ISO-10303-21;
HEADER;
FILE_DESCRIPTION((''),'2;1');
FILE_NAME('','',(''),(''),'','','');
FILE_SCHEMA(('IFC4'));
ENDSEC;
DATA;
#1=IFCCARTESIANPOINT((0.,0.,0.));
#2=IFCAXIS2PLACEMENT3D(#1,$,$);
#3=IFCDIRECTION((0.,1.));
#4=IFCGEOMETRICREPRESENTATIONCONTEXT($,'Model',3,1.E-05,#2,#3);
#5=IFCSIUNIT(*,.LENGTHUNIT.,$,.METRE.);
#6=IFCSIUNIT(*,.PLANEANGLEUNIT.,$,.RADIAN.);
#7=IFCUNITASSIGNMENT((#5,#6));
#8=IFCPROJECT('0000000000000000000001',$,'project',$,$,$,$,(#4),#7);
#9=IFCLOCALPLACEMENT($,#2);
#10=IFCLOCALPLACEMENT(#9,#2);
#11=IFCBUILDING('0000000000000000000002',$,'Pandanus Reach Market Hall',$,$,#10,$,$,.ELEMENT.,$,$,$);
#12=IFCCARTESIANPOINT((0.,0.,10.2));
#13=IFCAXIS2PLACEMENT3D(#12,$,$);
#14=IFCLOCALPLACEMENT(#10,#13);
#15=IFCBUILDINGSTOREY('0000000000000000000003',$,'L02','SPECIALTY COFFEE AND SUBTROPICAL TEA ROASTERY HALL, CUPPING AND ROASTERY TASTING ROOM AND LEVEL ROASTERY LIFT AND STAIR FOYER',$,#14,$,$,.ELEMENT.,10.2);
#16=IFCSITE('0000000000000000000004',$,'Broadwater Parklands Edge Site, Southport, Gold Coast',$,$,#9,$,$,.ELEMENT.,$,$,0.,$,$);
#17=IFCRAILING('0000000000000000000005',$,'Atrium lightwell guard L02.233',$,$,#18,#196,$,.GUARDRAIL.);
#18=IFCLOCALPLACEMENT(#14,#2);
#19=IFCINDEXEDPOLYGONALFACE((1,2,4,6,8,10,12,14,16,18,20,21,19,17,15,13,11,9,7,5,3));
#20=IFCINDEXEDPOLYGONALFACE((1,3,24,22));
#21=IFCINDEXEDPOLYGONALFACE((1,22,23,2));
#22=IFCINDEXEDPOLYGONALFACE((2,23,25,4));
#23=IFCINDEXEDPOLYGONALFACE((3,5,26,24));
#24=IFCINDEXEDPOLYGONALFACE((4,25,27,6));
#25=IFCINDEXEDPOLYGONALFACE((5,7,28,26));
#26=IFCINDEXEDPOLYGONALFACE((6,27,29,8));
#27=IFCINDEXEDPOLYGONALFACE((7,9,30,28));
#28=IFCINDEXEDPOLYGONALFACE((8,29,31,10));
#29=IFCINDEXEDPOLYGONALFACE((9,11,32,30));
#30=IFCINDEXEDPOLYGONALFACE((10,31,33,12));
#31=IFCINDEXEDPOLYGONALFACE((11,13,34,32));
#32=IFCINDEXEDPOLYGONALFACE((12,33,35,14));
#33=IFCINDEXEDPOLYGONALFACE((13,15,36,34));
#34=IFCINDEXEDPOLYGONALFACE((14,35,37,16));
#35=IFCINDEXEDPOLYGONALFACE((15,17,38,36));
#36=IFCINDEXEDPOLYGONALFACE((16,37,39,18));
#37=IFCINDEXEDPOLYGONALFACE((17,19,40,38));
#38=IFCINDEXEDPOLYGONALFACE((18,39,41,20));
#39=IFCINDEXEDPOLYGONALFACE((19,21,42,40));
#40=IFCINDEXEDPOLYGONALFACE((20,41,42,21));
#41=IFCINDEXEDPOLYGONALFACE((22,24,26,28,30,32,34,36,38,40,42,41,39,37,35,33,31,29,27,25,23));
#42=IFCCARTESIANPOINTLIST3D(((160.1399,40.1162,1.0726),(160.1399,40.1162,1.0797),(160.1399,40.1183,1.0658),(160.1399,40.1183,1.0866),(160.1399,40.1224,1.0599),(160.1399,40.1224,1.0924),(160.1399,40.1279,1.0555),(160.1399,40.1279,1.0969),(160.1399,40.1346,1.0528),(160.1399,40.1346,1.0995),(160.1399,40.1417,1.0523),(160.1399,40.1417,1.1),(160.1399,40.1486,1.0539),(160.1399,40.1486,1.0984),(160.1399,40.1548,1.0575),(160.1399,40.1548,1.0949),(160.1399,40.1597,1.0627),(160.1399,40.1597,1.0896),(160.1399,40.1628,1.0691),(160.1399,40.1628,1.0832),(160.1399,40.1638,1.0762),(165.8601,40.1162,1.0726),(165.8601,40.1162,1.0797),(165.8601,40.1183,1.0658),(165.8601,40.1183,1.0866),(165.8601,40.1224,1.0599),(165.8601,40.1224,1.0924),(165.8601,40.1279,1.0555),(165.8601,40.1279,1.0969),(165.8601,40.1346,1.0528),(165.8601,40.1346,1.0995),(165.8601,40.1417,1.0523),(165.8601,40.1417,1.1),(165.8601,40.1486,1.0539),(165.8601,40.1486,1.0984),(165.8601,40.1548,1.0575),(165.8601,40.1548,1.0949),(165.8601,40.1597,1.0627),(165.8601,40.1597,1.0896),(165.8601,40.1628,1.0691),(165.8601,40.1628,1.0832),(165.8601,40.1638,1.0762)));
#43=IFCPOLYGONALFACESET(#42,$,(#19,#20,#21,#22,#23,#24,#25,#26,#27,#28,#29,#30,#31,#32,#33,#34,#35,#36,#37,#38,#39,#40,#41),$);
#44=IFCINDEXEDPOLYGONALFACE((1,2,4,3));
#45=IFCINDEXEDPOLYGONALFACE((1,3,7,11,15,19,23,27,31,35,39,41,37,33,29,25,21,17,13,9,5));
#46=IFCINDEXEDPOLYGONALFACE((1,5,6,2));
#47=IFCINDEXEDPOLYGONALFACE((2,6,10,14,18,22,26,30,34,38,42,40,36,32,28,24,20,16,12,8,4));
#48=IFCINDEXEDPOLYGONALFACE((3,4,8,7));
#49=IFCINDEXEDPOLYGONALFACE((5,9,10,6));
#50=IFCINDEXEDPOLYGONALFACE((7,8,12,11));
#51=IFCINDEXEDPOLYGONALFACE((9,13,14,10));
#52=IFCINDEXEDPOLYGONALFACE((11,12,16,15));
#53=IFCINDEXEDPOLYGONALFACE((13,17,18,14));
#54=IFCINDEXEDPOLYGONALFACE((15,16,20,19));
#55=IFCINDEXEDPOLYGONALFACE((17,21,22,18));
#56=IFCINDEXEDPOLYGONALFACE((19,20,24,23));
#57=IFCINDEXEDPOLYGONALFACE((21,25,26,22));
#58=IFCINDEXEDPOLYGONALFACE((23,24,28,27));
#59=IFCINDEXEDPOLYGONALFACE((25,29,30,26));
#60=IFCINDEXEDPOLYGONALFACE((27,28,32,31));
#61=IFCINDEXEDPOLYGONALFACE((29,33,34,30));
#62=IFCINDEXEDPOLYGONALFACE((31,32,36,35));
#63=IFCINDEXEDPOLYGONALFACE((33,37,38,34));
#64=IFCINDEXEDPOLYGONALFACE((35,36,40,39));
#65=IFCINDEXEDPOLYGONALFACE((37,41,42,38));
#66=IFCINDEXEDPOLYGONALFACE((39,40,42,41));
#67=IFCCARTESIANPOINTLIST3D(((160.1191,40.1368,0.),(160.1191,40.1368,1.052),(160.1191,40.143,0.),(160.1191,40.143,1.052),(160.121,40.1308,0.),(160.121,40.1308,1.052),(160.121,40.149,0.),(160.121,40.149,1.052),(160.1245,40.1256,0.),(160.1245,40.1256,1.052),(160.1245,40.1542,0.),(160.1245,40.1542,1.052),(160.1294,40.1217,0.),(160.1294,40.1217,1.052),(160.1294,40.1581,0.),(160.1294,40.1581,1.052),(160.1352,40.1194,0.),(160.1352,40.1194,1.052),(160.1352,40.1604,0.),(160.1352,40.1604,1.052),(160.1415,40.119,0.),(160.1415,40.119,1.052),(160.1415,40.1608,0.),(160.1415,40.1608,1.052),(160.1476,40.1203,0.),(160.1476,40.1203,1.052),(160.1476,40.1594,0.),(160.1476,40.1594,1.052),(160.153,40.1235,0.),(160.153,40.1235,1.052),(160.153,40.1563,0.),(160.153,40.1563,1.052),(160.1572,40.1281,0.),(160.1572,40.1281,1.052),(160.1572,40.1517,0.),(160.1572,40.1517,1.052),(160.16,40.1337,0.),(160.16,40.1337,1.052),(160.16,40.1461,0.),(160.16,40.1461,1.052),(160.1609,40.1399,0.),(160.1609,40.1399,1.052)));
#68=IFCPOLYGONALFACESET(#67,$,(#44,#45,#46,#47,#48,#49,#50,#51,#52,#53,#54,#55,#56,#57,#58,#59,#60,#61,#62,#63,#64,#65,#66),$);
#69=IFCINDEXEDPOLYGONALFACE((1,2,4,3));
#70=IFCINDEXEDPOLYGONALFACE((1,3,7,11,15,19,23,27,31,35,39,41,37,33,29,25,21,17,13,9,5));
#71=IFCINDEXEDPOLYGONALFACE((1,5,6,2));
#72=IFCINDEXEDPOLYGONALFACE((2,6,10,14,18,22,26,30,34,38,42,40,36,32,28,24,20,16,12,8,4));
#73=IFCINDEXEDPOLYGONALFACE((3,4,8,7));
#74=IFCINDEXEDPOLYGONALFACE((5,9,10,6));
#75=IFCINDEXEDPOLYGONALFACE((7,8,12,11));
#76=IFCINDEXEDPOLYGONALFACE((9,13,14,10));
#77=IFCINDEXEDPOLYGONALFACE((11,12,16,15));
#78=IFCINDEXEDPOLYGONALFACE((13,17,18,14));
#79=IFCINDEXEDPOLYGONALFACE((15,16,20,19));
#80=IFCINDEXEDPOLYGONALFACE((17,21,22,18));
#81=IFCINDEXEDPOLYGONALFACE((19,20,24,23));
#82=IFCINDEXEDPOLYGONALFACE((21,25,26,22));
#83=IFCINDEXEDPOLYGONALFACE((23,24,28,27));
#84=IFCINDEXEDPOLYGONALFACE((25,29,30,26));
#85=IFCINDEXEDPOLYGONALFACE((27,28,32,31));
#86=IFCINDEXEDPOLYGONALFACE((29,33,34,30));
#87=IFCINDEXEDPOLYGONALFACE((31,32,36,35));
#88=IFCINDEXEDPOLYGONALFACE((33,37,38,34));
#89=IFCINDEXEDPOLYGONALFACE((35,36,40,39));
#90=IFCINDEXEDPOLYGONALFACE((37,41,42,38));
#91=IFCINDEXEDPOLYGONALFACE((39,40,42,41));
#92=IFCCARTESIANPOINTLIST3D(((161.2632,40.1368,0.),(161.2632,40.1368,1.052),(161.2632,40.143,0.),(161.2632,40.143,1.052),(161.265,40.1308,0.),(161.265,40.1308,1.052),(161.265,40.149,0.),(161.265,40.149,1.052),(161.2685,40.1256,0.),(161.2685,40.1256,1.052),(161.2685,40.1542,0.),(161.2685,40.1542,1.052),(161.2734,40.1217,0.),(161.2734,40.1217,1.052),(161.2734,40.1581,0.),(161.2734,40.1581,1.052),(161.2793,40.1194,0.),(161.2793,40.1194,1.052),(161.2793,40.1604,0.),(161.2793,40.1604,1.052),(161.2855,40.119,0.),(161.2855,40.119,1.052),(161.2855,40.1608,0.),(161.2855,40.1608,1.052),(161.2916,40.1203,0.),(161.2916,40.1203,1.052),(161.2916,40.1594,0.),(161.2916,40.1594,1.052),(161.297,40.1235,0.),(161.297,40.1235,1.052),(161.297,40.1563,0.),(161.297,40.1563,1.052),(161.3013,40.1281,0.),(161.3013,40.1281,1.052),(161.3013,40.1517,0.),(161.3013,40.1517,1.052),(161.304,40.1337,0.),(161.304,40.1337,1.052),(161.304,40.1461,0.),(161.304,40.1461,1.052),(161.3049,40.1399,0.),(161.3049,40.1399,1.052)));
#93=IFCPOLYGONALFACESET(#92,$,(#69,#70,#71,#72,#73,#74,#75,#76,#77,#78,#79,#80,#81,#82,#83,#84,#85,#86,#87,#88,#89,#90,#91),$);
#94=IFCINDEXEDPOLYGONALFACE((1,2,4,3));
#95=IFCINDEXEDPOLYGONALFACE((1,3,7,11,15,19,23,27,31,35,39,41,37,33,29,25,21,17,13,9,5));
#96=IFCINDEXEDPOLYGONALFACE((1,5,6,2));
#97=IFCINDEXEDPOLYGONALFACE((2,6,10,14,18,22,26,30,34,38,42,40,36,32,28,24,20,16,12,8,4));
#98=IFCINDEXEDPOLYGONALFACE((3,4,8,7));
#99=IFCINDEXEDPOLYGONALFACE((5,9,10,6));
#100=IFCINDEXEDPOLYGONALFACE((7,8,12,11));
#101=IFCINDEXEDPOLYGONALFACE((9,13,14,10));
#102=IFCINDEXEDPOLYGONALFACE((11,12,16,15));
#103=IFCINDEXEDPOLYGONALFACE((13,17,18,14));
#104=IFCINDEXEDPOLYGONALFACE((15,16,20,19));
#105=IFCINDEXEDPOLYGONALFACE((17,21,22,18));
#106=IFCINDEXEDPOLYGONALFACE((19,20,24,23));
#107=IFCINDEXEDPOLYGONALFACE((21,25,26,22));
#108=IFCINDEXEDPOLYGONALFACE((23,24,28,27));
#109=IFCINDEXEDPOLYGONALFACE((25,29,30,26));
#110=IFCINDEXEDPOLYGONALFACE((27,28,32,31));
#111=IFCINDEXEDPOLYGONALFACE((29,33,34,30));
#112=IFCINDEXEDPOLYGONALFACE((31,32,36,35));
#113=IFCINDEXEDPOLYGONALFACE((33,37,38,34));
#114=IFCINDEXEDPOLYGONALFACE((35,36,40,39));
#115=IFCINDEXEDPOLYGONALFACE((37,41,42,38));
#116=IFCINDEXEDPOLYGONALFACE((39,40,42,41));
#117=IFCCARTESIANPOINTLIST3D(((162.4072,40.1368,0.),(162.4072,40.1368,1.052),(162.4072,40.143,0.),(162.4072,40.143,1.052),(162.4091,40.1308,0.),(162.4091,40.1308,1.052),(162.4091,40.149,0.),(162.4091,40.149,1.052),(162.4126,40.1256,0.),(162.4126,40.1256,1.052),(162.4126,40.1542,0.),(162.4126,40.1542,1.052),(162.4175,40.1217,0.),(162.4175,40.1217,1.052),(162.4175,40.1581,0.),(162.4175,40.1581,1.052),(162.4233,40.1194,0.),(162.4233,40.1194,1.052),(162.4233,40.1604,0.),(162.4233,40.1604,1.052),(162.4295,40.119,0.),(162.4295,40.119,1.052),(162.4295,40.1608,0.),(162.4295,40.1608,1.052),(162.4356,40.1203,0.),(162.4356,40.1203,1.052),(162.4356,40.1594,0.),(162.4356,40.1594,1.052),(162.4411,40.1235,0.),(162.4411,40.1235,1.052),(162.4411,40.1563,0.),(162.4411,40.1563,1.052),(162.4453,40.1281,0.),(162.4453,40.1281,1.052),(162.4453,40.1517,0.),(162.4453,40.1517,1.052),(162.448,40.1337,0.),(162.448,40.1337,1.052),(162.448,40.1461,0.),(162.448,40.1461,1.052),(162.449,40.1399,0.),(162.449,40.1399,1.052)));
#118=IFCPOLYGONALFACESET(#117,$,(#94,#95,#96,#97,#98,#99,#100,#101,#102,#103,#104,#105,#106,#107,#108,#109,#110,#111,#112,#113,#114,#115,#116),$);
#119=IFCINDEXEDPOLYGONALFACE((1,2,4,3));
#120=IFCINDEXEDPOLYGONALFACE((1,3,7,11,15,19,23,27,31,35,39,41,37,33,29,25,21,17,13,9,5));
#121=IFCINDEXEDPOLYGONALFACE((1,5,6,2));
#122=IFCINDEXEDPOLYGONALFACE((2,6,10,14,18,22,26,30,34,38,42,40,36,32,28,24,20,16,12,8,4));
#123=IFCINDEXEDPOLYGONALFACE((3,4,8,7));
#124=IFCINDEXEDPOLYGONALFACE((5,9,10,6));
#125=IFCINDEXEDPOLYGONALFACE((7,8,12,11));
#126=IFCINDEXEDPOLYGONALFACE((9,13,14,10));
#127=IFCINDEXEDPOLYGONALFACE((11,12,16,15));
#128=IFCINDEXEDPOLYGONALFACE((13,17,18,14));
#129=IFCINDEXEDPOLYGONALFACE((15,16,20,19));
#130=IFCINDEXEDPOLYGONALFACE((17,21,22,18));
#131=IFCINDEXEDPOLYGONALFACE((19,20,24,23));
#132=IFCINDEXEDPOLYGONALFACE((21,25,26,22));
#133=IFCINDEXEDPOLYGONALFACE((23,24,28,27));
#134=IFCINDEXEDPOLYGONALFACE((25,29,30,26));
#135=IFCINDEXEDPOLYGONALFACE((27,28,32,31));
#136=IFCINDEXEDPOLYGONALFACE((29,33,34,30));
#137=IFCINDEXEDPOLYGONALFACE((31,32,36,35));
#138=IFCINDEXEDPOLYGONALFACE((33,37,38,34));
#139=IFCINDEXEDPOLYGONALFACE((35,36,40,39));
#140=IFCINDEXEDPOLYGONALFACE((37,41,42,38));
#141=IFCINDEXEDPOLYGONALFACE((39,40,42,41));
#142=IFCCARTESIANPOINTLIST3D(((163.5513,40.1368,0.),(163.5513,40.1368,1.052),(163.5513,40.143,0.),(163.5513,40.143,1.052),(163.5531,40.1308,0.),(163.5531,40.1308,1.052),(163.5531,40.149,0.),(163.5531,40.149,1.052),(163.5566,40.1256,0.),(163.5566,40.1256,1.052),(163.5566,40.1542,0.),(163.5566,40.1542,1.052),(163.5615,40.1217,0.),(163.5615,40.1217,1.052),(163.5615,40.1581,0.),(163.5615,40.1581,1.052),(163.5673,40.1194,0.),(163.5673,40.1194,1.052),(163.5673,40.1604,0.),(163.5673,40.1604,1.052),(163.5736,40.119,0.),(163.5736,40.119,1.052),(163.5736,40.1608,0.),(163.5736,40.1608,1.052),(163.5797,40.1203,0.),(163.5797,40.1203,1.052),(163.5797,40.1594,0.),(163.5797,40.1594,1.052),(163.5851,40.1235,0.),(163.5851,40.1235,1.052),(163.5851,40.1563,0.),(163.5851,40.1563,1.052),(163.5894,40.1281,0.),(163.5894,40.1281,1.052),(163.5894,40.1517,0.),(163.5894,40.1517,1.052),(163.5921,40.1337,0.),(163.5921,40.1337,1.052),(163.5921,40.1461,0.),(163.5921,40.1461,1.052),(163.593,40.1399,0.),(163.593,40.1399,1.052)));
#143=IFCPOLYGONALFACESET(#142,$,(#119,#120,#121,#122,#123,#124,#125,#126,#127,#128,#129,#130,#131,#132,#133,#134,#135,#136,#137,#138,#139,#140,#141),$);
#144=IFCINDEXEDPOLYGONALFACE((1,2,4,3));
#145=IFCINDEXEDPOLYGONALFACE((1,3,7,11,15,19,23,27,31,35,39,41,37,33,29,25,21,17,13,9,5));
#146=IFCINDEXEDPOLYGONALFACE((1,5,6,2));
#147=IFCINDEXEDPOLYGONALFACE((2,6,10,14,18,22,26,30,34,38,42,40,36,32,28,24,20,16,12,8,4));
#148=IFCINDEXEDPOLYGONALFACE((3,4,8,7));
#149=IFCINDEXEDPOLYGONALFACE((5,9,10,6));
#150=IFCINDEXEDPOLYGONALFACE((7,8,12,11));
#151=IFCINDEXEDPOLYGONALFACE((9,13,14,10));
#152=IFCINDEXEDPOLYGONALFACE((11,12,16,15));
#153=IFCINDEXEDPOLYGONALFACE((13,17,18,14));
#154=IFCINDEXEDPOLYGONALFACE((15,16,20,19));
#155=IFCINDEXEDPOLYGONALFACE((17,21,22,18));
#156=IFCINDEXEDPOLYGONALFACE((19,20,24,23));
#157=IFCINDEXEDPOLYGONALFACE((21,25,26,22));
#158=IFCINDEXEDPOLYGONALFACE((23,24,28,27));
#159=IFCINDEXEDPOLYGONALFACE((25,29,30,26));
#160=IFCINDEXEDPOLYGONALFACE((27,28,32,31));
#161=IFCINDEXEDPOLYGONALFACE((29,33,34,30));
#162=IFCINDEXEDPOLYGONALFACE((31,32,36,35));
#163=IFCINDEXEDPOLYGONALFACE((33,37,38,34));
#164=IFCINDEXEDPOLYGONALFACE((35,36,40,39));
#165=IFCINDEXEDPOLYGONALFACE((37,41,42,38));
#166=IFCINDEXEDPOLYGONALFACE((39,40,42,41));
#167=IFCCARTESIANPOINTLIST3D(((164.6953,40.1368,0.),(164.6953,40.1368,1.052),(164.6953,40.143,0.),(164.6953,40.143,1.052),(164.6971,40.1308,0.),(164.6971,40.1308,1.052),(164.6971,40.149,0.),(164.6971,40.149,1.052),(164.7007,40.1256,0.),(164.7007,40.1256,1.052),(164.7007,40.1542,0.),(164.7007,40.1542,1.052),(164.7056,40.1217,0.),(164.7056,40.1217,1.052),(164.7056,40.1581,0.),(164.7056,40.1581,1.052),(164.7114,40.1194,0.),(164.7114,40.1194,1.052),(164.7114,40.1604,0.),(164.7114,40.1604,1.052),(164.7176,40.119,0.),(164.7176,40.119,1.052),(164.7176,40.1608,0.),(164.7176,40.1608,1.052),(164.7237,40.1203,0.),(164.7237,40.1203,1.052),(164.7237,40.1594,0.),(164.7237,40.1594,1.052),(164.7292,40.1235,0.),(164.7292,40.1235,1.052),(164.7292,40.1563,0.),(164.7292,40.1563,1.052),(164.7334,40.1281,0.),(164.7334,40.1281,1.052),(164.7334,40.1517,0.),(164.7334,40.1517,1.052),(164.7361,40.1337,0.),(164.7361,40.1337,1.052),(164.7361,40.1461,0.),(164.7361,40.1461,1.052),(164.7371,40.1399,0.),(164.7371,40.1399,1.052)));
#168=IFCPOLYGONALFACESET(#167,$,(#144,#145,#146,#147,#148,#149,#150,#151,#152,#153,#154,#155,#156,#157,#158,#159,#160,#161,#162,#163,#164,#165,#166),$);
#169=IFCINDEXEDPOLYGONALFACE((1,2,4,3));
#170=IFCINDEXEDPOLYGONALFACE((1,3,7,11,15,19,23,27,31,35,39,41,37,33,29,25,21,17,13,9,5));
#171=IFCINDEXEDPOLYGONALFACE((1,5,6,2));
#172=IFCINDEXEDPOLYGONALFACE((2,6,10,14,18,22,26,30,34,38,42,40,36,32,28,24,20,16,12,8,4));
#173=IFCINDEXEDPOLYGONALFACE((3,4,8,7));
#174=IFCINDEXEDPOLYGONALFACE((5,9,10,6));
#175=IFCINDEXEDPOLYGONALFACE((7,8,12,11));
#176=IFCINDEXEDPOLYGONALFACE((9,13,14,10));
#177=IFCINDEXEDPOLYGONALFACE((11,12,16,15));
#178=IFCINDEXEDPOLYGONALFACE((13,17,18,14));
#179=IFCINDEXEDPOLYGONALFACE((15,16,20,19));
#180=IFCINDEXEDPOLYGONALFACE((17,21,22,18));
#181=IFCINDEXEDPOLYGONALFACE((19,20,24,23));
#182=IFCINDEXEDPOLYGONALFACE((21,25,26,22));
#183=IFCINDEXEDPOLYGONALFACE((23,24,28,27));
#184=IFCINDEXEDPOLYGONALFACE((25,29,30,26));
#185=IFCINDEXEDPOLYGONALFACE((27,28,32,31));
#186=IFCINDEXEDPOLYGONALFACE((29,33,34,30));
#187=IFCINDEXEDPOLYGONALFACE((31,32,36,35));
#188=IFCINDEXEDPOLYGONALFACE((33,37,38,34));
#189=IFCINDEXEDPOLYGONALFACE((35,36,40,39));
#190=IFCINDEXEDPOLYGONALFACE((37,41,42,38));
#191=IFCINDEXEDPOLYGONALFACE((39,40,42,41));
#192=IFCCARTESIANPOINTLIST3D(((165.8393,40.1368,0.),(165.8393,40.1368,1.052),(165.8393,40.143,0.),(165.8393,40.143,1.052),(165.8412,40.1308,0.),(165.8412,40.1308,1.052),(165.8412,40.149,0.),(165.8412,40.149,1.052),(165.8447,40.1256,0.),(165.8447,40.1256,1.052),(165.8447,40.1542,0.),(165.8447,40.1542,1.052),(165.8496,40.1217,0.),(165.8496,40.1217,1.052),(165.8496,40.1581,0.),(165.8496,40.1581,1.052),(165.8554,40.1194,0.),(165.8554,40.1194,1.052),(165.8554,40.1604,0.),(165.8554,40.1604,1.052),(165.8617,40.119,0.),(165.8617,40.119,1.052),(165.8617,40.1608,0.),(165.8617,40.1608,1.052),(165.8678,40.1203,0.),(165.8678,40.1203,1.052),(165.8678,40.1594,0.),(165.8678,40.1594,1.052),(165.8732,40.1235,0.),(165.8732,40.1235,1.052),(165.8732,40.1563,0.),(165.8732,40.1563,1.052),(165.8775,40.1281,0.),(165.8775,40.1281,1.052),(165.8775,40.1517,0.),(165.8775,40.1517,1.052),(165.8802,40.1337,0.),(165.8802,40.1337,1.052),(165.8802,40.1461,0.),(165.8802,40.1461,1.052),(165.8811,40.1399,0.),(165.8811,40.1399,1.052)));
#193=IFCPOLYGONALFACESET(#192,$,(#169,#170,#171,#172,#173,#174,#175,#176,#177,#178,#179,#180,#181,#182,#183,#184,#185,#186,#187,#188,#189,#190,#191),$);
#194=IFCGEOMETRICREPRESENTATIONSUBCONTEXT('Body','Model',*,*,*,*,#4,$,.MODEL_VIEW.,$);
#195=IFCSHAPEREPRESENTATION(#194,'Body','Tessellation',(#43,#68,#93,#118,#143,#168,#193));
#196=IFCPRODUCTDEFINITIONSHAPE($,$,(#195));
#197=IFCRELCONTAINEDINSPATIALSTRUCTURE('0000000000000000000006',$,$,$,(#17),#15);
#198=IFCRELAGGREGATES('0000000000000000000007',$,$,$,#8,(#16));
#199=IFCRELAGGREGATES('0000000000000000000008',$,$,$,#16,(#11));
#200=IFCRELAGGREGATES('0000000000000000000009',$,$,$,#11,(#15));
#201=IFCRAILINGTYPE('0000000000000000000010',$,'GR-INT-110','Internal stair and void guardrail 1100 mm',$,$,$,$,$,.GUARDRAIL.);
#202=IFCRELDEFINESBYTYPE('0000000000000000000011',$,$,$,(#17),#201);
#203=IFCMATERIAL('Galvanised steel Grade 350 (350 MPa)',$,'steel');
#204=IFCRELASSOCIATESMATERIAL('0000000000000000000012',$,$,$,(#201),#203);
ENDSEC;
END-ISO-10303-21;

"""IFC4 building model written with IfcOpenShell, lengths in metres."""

from ifc_helpers import new_model, si_unit, direction, frame, origin, origin_2d, place, context, subcontext, project, spatial, circle, extrude, material, type_object, element, save


model = new_model("IFC4")

# Units and contexts
model_context = context("Model", 3, precision=1e-05, world=origin(), true_north=direction((0.0, 1.0)))
body_context = subcontext(model_context, "Body", "Model", "MODEL_VIEW")
ifc_project = project(units=[si_unit("LENGTHUNIT", "METRE"), si_unit("PLANEANGLEUNIT", "RADIAN")], contexts=[model_context])

# Site, building, storey
site_placement = place(None, origin())
site = spatial("IfcSite", under=ifc_project, at=site_placement, Name="Broadwater Parklands Edge Site, Southport, Gold Coast", CompositionType="ELEMENT", RefElevation=0.0)
building_placement = place(site_placement, origin())
building = spatial("IfcBuilding", under=site, at=building_placement, Name="Pandanus Reach Market Hall", CompositionType="ELEMENT")
storey_placement = place(building_placement, frame((0.0, 0.0, 10.2)))
storey = spatial("IfcBuildingStorey", under=building, at=storey_placement, Name="L02", Description="SPECIALTY COFFEE AND SUBTROPICAL TEA ROASTERY HALL, CUPPING AND ROASTERY TASTING ROOM AND LEVEL ROASTERY LIFT AND STAIR FOYER", CompositionType="ELEMENT", Elevation=10.2)

# Railing
ifc_material_1 = material(Name="Galvanised steel Grade 350 (350 MPa)", Category="steel")
railing_type = type_object("IfcRailingType", Name="GR-INT-110", Description="Internal stair and void guardrail 1100 mm", PredefinedType="GUARDRAIL", material=ifc_material_1)
railing_1_placement = place(storey_placement, frame((160.1399, 40.1399, 0.0)))
element("IfcRailing", 1, at=railing_1_placement, inside=storey, type_object=railing_type, Name="Atrium lightwell guard L02.233", PredefinedType="GUARDRAIL", context=body_context, shape_type="SweptSolid", body=[
    extrude(circle(Radius=0.0239, at=origin_2d()), frame((0.0, 0.0, 1.0762), z_axis=(1.0, 0.0, 0.0), x_axis=(0.0, 1.0, 0.0)), (0.0, 0.0, 1.0), 5.7202),
    extrude(circle(Radius=0.021, at=origin_2d()), origin(), (0.0, 0.0, 1.0), 1.052),
    extrude(circle(Radius=0.021, at=origin_2d()), frame((1.144, 0.0, 0.0)), (0.0, 0.0, 1.0), 1.052),
    extrude(circle(Radius=0.021, at=origin_2d()), frame((2.2881, 0.0, 0.0)), (0.0, 0.0, 1.0), 1.052),
    extrude(circle(Radius=0.021, at=origin_2d()), frame((3.4321, 0.0, 0.0)), (0.0, 0.0, 1.0), 1.052),
    extrude(circle(Radius=0.021, at=origin_2d()), frame((4.5762, 0.0, 0.0)), (0.0, 0.0, 1.0), 1.052),
    extrude(circle(Radius=0.021, at=origin_2d()), frame((5.7202, 0.0, 0.0)), (0.0, 0.0, 1.0), 1.052),
])

save(model, "model.ifc")
